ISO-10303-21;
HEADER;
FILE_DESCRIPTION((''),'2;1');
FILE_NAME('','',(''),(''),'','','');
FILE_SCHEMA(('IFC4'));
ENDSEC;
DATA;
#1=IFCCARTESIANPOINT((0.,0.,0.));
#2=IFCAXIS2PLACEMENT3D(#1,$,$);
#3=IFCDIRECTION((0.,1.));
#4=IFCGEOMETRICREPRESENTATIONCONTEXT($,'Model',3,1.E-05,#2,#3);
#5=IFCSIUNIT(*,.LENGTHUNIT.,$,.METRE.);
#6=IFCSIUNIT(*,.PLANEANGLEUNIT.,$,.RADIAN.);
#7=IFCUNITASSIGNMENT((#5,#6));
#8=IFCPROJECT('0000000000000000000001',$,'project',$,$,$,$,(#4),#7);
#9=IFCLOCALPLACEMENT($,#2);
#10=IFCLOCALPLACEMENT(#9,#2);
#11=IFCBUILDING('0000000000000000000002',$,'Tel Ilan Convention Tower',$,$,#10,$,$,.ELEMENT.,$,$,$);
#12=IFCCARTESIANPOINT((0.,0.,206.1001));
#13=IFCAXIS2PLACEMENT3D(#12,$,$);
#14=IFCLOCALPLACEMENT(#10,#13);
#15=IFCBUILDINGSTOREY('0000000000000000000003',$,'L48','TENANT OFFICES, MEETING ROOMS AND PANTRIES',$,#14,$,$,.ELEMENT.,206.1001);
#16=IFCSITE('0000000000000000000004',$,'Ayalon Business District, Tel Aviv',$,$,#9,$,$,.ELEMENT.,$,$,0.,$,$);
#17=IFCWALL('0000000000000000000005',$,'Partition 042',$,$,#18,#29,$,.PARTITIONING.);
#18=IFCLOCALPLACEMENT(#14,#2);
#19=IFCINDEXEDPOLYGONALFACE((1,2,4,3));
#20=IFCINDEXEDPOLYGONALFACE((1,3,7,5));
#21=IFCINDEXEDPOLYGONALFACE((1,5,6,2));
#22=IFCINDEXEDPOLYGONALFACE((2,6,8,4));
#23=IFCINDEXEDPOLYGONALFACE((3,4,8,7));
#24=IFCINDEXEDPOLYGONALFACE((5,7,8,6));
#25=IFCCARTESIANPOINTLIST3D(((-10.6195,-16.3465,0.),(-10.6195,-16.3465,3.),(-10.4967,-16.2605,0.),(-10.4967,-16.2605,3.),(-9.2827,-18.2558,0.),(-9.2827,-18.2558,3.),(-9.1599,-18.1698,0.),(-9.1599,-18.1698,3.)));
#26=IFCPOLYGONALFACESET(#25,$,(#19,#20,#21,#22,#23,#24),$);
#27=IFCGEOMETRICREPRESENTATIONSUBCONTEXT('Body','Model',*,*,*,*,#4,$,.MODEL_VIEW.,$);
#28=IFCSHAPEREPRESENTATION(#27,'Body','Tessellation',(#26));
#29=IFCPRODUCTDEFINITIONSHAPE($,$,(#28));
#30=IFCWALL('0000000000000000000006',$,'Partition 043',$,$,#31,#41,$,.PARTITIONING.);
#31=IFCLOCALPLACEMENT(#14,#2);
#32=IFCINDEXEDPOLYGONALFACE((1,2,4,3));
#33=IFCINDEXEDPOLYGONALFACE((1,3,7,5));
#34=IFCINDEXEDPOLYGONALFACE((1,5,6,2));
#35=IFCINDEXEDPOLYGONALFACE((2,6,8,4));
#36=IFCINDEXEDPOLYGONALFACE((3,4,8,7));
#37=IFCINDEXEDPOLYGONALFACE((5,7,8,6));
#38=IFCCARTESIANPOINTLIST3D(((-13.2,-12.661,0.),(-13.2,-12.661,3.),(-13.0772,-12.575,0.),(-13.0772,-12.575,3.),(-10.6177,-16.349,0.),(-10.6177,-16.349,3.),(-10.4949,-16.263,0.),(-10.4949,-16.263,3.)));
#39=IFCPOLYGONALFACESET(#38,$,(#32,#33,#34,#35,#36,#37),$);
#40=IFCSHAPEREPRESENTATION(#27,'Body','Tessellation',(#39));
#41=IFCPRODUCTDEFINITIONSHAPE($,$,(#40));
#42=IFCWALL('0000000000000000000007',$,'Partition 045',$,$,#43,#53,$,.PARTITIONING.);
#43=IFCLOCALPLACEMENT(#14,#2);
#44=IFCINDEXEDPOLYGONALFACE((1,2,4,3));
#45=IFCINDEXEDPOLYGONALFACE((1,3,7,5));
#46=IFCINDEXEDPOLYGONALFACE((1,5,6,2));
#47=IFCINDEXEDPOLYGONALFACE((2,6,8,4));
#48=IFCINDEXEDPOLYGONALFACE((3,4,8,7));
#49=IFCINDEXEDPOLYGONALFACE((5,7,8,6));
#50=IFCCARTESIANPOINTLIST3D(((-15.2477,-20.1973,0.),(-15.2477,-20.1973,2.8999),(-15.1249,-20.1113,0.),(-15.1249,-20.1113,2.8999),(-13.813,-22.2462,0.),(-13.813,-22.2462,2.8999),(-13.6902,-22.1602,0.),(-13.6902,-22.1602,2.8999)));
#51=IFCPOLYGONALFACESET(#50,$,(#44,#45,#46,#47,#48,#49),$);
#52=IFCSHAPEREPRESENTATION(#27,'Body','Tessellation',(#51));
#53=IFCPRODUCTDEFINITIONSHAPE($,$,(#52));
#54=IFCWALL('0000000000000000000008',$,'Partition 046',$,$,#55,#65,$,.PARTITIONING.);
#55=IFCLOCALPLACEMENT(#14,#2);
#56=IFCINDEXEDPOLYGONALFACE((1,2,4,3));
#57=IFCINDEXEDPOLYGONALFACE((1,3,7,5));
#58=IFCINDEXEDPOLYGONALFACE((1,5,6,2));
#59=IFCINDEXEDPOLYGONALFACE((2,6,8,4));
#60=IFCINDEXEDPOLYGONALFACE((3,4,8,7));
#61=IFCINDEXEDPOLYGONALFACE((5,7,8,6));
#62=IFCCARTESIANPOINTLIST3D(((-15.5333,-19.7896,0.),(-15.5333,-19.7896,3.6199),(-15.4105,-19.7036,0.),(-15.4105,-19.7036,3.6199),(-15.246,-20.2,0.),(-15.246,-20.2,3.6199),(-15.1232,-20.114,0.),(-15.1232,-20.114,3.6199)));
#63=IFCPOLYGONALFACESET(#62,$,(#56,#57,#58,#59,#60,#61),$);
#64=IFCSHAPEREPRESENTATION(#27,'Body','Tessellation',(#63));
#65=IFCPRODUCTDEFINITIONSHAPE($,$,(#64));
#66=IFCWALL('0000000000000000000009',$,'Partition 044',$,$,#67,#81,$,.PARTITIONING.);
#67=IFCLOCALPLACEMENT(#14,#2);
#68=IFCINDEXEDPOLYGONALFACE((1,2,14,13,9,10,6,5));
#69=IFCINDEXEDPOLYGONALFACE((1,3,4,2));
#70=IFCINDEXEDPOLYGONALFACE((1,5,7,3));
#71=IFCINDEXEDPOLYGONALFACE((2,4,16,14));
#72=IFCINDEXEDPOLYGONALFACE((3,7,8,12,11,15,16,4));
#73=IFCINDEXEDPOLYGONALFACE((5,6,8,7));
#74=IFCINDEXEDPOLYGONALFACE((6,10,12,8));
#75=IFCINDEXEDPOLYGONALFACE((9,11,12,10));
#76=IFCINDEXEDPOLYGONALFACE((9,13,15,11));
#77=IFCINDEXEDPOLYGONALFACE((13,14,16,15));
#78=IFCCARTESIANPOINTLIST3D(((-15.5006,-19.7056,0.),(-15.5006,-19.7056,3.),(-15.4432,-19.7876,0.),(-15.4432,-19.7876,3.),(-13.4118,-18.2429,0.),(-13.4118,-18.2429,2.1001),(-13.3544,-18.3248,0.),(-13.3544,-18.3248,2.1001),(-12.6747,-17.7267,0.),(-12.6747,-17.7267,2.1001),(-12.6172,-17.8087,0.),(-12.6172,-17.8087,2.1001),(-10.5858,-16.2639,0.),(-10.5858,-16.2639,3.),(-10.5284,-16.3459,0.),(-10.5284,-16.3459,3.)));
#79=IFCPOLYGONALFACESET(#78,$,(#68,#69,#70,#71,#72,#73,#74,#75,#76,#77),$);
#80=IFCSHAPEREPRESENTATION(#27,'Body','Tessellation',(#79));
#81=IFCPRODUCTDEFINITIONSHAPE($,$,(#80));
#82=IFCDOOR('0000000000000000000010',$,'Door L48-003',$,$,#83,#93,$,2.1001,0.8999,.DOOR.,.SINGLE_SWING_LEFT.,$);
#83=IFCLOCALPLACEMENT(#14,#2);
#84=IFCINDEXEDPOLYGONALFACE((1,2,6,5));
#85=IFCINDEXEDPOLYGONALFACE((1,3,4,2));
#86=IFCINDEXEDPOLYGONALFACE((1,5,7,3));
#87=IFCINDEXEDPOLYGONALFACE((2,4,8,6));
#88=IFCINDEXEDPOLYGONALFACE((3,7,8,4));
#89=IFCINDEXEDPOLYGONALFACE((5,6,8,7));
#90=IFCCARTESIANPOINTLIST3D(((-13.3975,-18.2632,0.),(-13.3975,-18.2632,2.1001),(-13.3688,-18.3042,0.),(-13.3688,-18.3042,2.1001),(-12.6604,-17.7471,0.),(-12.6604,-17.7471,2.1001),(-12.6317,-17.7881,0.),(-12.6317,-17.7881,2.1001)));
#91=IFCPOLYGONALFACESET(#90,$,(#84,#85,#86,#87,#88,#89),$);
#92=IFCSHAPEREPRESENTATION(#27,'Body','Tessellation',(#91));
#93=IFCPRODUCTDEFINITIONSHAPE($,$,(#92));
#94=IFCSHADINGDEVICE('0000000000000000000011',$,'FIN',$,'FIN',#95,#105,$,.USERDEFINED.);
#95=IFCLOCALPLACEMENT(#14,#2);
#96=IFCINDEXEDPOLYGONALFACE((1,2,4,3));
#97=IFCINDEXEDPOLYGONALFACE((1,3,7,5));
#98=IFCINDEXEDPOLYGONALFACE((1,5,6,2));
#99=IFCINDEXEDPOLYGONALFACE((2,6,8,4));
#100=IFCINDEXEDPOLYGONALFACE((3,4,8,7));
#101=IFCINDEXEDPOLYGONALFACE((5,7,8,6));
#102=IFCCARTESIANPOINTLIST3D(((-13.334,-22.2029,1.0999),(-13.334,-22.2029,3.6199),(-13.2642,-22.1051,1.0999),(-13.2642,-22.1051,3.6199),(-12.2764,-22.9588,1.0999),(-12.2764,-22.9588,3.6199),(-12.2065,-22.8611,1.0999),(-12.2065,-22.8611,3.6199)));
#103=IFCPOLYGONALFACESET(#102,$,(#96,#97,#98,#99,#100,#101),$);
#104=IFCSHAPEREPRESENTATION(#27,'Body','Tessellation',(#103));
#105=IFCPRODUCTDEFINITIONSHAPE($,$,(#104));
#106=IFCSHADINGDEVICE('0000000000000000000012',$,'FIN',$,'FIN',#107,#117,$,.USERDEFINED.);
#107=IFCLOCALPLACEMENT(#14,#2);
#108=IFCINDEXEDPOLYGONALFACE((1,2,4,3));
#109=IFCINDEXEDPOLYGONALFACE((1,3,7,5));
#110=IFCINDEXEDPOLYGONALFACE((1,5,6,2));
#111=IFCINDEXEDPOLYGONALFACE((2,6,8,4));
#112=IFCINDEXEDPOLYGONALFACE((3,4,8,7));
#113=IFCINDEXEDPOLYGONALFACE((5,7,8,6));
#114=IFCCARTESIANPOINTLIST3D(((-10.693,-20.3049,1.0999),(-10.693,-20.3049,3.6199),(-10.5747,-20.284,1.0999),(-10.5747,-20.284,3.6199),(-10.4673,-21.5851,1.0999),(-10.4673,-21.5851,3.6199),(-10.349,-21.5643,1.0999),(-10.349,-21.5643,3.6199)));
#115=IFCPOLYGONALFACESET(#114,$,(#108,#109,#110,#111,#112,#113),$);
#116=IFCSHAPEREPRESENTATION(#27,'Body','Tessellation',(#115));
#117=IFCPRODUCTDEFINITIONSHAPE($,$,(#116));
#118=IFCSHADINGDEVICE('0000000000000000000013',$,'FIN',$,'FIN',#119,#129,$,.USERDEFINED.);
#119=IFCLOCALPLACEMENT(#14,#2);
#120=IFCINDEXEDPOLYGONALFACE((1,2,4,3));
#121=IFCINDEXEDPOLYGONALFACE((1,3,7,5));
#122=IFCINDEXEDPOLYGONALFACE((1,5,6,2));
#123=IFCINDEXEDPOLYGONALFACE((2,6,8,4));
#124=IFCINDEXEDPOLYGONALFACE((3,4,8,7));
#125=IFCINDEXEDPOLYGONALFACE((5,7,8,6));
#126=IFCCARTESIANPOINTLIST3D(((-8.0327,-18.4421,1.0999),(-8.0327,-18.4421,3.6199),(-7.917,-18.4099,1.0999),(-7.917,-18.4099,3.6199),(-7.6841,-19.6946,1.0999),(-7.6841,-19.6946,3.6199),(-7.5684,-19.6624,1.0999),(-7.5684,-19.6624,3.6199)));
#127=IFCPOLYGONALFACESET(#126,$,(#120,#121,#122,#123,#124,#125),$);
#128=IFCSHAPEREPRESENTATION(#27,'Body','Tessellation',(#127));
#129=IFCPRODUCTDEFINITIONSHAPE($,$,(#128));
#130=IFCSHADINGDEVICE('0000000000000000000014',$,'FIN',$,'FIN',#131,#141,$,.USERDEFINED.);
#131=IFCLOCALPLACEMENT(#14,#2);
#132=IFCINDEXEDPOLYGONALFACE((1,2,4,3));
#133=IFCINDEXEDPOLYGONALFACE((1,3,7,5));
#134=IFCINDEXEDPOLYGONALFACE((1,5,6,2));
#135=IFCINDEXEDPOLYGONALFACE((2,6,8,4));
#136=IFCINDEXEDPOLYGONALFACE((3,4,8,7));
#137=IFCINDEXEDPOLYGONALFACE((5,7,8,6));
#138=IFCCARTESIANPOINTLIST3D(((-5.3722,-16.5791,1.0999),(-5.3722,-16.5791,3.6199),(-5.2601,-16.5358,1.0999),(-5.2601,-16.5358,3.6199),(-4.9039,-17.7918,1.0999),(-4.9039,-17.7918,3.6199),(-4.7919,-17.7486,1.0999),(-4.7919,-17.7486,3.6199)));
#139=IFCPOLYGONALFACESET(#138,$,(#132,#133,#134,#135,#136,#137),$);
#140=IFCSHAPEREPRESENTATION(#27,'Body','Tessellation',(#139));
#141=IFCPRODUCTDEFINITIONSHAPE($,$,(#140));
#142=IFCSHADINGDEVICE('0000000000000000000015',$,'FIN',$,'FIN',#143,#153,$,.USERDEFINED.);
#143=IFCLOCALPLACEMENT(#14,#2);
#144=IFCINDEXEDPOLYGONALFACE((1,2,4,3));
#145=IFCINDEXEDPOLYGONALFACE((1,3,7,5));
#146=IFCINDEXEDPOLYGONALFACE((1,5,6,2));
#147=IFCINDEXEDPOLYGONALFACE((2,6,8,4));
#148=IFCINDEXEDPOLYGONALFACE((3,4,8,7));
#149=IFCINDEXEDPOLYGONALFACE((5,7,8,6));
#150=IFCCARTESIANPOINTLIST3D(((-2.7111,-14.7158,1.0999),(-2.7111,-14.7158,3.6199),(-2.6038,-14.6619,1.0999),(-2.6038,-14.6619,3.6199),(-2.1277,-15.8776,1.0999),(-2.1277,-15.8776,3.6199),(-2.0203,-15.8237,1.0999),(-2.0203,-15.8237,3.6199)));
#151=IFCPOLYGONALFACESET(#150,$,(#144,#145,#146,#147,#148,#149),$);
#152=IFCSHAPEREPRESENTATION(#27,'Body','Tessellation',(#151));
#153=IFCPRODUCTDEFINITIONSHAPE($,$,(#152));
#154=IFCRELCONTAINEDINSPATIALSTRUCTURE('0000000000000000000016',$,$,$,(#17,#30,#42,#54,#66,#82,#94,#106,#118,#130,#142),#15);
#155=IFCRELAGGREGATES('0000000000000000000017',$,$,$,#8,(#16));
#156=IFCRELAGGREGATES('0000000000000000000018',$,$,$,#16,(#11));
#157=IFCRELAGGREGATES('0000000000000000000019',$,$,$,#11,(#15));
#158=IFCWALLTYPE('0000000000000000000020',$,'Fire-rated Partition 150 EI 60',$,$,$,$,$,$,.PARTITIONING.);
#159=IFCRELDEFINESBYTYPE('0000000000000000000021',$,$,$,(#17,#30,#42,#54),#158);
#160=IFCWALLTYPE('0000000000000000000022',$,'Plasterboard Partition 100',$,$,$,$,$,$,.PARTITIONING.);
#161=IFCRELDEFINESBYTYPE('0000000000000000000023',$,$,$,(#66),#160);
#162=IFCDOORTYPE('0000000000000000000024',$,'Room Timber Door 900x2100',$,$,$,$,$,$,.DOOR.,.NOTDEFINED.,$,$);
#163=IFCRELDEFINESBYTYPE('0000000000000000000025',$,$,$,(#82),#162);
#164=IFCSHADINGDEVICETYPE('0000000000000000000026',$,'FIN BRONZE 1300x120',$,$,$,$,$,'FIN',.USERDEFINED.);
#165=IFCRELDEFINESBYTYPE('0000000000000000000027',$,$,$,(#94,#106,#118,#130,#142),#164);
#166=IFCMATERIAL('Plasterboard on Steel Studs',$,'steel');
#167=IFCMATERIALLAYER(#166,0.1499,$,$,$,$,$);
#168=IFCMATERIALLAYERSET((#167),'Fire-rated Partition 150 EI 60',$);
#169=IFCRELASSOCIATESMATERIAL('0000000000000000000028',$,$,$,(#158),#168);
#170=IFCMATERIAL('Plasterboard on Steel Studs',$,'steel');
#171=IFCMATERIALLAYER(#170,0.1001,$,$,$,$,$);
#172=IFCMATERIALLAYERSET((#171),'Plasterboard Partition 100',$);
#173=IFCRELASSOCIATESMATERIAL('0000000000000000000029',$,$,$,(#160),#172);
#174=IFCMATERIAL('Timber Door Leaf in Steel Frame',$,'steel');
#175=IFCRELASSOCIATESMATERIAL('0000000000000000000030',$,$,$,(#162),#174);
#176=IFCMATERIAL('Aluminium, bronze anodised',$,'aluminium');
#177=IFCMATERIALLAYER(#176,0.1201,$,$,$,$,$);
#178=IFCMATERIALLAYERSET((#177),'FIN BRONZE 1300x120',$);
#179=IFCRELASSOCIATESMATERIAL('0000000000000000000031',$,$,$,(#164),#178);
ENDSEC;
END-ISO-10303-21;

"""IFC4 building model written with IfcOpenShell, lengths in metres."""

from ifc_helpers import new_model, si_unit, direction, frame, frame_2d, origin, origin_2d, place, context, subcontext, project, spatial, rectangle, extrude, material, layer, layer_set, type_object, element, fill, save


model = new_model("IFC4")

# Units and contexts
model_context = context("Model", 3, precision=1e-05, world=origin(), true_north=direction((0.0, 1.0)))
body_context = subcontext(model_context, "Body", "Model", "MODEL_VIEW")
ifc_project = project(units=[si_unit("LENGTHUNIT", "METRE"), si_unit("PLANEANGLEUNIT", "RADIAN")], contexts=[model_context])

# Site, building, storey
site_placement = place(None, origin())
site = spatial("IfcSite", under=ifc_project, at=site_placement, Name="Ayalon Business District, Tel Aviv", CompositionType="ELEMENT", RefElevation=0.0)
building_placement = place(site_placement, origin())
building = spatial("IfcBuilding", under=site, at=building_placement, Name="Tel Ilan Convention Tower", CompositionType="ELEMENT")
storey_placement = place(building_placement, frame((0.0, 0.0, 206.1001)))
storey = spatial("IfcBuildingStorey", under=building, at=storey_placement, Name="L48", Description="TENANT OFFICES, MEETING ROOMS AND PANTRIES", CompositionType="ELEMENT", Elevation=206.1001)

# Walls
ifc_material_1 = material(Name="Plasterboard on Steel Studs", Category="steel")
ifc_layer_1 = layer(ifc_material_1, 0.1499)
ifc_layer_set_1 = layer_set([ifc_layer_1], Name="Fire-rated Partition 150 EI 60")
wall_type_1 = type_object("IfcWallType", Name="Fire-rated Partition 150 EI 60", PredefinedType="PARTITIONING", material=ifc_layer_set_1)
wall_1_placement = place(storey_placement, frame((-9.2212, -18.2129, 0.0), z_axis=(0.0, 0.0, 1.0), x_axis=(-0.573554, 0.819168, 0.0)))
element("IfcWall", 1, at=wall_1_placement, inside=storey, type_object=wall_type_1, Name="Partition 042", PredefinedType="PARTITIONING", context=body_context, shape_type="SweptSolid", body=[
    extrude(rectangle(XDim=2.3308, YDim=0.1499, at=frame_2d((1.1655, 0.0))), origin(), (0.0, 0.0, 1.0), 3.0),
])
wall_2_placement = place(storey_placement, frame((-10.5564, -16.3059, 0.0), z_axis=(0.0, 0.0, 1.0), x_axis=(-0.573564, 0.819161, 0.0)))
element("IfcWall", 2, at=wall_2_placement, inside=storey, type_object=wall_type_1, Name="Partition 043", PredefinedType="PARTITIONING", context=body_context, shape_type="SweptSolid", body=[
    extrude(rectangle(XDim=4.5022, YDim=0.1499, at=frame_2d((2.251, 0.0))), origin(), (0.0, 0.0, 1.0), 3.0),
])
wall_3_placement = place(storey_placement, frame((-13.7517, -22.2031, 0.0), z_axis=(0.0, 0.0, 1.0), x_axis=(-0.573567, 0.819159, 0.0)))
element("IfcWall", 3, at=wall_3_placement, inside=storey, type_object=wall_type_1, Name="Partition 045", PredefinedType="PARTITIONING", context=body_context, shape_type="SweptSolid", body=[
    extrude(rectangle(XDim=2.5012, YDim=0.1499, at=frame_2d((1.2505, 0.0))), origin(), (0.0, 0.0, 1.0), 2.8999),
])
wall_4_placement = place(storey_placement, frame((-15.1846, -20.157, 0.0), z_axis=(0.0, 0.0, 1.0), x_axis=(-0.57356, 0.819163, 0.0)))
element("IfcWall", 4, at=wall_4_placement, inside=storey, type_object=wall_type_1, Name="Partition 046", PredefinedType="PARTITIONING", context=body_context, shape_type="SweptSolid", body=[
    extrude(rectangle(XDim=0.501, YDim=0.1499, at=frame_2d((0.2505, 0.0))), origin(), (0.0, 0.0, 1.0), 3.6199),
])

# Wall, opening, door
ifc_material_2 = material(Name="Plasterboard on Steel Studs", Category="steel")
ifc_layer_2 = layer(ifc_material_2, 0.1001)
ifc_layer_set_2 = layer_set([ifc_layer_2], Name="Plasterboard Partition 100")
wall_type_2 = type_object("IfcWallType", Name="Plasterboard Partition 100", PredefinedType="PARTITIONING", material=ifc_layer_set_2)
wall_5_placement = place(storey_placement, frame((-10.5571, -16.3049, 0.0), z_axis=(0.0, 0.0, 1.0), x_axis=(-0.819131, -0.573607, 0.0)))
wall_5 = element("IfcWall", 5, at=wall_5_placement, inside=storey, type_object=wall_type_2, Name="Partition 044", PredefinedType="PARTITIONING", context=body_context, shape_type="SweptSolid", body=[
    extrude(rectangle(XDim=6.0, YDim=0.1001, at=frame_2d((3.0, 0.0))), origin(), (0.0, 0.0, 1.0), 3.0),
])
opening_placement = place(wall_5_placement, frame((2.55, 0.0, 0.0)))
opening = element("IfcOpeningElement", 6, at=opening_placement, cuts=wall_5, PredefinedType="OPENING", context=body_context, shape_type="SweptSolid", body=[
    extrude(rectangle(XDim=0.8999, YDim=2.1001, at=frame_2d((0.45, 1.05))), frame((0.0, 0.0601, 0.0), z_axis=(0.0, -1.0, 0.0), x_axis=(1.0, 0.0, 0.0)), (0.0, 0.0, 1.0), 0.1201),
])
ifc_material_3 = material(Name="Timber Door Leaf in Steel Frame", Category="steel")
door_type = type_object("IfcDoorType", Name="Room Timber Door 900x2100", OperationType="NOTDEFINED", PredefinedType="DOOR", material=ifc_material_3)
door_placement = place(opening_placement, origin())
door = element("IfcDoor", 7, at=door_placement, inside=storey, type_object=door_type, Name="Door L48-003", OperationType="SINGLE_SWING_LEFT", OverallHeight=2.1001, OverallWidth=0.8999, PredefinedType="DOOR", context=body_context, shape_type="SweptSolid", body=[
    extrude(rectangle(XDim=0.8999, YDim=2.1001, at=frame_2d((0.45, 1.05))), frame((0.0, 0.0249, 0.0), z_axis=(0.0, -1.0, 0.0), x_axis=(1.0, 0.0, 0.0)), (0.0, 0.0, 1.0), 0.05),
])
fill(opening, door)

# Shading devices
ifc_material_4 = material(Name="Aluminium, bronze anodised", Category="aluminium")
ifc_layer_3 = layer(ifc_material_4, 0.1201)
ifc_layer_set_3 = layer_set([ifc_layer_3], Name="FIN BRONZE 1300x120")
shading_device_type = type_object("IfcShadingDeviceType", Name="FIN BRONZE 1300x120", ElementType="FIN", PredefinedType="USERDEFINED", material=ifc_layer_set_3)
for number, where, z_axis, x_axis, name in (
    (8, (-12.7703, -22.532, 1.0999), (0.0, 0.0, 1.0), (0.813552, -0.581492, 0.0), "FIN"),
    (9, (-10.521, -20.9346, 1.0999), (0.0, 0.0, 1.0), (0.173648, -0.984808, 0.0), "FIN"),
    (10, (-7.8005, -19.0522, 1.0999), (0.0, 0.0, 1.0), (0.268173, -0.963371, 0.0), "FIN"),
    (11, (-5.082, -17.1638, 1.0999), (0.0, 0.0, 1.0), (0.360178, -0.932884, 0.0), "FIN"),
    (12, (-2.3657, -15.2698, 1.0999), (0.0, 0.0, 1.0), (0.448799, -0.893633, 0.0), "FIN"),
):
    element("IfcShadingDevice", number, at=place(storey_placement, frame(where, z_axis=z_axis, x_axis=x_axis)), inside=storey, type_object=shading_device_type, Name=name, ObjectType="FIN", PredefinedType="USERDEFINED", context=body_context, shape_type="SweptSolid", body=[
        extrude(rectangle(XDim=1.3, YDim=0.1201, at=origin_2d()), origin(), (0.0, 0.0, 1.0), 2.52),
    ])

save(model, "model.ifc")
